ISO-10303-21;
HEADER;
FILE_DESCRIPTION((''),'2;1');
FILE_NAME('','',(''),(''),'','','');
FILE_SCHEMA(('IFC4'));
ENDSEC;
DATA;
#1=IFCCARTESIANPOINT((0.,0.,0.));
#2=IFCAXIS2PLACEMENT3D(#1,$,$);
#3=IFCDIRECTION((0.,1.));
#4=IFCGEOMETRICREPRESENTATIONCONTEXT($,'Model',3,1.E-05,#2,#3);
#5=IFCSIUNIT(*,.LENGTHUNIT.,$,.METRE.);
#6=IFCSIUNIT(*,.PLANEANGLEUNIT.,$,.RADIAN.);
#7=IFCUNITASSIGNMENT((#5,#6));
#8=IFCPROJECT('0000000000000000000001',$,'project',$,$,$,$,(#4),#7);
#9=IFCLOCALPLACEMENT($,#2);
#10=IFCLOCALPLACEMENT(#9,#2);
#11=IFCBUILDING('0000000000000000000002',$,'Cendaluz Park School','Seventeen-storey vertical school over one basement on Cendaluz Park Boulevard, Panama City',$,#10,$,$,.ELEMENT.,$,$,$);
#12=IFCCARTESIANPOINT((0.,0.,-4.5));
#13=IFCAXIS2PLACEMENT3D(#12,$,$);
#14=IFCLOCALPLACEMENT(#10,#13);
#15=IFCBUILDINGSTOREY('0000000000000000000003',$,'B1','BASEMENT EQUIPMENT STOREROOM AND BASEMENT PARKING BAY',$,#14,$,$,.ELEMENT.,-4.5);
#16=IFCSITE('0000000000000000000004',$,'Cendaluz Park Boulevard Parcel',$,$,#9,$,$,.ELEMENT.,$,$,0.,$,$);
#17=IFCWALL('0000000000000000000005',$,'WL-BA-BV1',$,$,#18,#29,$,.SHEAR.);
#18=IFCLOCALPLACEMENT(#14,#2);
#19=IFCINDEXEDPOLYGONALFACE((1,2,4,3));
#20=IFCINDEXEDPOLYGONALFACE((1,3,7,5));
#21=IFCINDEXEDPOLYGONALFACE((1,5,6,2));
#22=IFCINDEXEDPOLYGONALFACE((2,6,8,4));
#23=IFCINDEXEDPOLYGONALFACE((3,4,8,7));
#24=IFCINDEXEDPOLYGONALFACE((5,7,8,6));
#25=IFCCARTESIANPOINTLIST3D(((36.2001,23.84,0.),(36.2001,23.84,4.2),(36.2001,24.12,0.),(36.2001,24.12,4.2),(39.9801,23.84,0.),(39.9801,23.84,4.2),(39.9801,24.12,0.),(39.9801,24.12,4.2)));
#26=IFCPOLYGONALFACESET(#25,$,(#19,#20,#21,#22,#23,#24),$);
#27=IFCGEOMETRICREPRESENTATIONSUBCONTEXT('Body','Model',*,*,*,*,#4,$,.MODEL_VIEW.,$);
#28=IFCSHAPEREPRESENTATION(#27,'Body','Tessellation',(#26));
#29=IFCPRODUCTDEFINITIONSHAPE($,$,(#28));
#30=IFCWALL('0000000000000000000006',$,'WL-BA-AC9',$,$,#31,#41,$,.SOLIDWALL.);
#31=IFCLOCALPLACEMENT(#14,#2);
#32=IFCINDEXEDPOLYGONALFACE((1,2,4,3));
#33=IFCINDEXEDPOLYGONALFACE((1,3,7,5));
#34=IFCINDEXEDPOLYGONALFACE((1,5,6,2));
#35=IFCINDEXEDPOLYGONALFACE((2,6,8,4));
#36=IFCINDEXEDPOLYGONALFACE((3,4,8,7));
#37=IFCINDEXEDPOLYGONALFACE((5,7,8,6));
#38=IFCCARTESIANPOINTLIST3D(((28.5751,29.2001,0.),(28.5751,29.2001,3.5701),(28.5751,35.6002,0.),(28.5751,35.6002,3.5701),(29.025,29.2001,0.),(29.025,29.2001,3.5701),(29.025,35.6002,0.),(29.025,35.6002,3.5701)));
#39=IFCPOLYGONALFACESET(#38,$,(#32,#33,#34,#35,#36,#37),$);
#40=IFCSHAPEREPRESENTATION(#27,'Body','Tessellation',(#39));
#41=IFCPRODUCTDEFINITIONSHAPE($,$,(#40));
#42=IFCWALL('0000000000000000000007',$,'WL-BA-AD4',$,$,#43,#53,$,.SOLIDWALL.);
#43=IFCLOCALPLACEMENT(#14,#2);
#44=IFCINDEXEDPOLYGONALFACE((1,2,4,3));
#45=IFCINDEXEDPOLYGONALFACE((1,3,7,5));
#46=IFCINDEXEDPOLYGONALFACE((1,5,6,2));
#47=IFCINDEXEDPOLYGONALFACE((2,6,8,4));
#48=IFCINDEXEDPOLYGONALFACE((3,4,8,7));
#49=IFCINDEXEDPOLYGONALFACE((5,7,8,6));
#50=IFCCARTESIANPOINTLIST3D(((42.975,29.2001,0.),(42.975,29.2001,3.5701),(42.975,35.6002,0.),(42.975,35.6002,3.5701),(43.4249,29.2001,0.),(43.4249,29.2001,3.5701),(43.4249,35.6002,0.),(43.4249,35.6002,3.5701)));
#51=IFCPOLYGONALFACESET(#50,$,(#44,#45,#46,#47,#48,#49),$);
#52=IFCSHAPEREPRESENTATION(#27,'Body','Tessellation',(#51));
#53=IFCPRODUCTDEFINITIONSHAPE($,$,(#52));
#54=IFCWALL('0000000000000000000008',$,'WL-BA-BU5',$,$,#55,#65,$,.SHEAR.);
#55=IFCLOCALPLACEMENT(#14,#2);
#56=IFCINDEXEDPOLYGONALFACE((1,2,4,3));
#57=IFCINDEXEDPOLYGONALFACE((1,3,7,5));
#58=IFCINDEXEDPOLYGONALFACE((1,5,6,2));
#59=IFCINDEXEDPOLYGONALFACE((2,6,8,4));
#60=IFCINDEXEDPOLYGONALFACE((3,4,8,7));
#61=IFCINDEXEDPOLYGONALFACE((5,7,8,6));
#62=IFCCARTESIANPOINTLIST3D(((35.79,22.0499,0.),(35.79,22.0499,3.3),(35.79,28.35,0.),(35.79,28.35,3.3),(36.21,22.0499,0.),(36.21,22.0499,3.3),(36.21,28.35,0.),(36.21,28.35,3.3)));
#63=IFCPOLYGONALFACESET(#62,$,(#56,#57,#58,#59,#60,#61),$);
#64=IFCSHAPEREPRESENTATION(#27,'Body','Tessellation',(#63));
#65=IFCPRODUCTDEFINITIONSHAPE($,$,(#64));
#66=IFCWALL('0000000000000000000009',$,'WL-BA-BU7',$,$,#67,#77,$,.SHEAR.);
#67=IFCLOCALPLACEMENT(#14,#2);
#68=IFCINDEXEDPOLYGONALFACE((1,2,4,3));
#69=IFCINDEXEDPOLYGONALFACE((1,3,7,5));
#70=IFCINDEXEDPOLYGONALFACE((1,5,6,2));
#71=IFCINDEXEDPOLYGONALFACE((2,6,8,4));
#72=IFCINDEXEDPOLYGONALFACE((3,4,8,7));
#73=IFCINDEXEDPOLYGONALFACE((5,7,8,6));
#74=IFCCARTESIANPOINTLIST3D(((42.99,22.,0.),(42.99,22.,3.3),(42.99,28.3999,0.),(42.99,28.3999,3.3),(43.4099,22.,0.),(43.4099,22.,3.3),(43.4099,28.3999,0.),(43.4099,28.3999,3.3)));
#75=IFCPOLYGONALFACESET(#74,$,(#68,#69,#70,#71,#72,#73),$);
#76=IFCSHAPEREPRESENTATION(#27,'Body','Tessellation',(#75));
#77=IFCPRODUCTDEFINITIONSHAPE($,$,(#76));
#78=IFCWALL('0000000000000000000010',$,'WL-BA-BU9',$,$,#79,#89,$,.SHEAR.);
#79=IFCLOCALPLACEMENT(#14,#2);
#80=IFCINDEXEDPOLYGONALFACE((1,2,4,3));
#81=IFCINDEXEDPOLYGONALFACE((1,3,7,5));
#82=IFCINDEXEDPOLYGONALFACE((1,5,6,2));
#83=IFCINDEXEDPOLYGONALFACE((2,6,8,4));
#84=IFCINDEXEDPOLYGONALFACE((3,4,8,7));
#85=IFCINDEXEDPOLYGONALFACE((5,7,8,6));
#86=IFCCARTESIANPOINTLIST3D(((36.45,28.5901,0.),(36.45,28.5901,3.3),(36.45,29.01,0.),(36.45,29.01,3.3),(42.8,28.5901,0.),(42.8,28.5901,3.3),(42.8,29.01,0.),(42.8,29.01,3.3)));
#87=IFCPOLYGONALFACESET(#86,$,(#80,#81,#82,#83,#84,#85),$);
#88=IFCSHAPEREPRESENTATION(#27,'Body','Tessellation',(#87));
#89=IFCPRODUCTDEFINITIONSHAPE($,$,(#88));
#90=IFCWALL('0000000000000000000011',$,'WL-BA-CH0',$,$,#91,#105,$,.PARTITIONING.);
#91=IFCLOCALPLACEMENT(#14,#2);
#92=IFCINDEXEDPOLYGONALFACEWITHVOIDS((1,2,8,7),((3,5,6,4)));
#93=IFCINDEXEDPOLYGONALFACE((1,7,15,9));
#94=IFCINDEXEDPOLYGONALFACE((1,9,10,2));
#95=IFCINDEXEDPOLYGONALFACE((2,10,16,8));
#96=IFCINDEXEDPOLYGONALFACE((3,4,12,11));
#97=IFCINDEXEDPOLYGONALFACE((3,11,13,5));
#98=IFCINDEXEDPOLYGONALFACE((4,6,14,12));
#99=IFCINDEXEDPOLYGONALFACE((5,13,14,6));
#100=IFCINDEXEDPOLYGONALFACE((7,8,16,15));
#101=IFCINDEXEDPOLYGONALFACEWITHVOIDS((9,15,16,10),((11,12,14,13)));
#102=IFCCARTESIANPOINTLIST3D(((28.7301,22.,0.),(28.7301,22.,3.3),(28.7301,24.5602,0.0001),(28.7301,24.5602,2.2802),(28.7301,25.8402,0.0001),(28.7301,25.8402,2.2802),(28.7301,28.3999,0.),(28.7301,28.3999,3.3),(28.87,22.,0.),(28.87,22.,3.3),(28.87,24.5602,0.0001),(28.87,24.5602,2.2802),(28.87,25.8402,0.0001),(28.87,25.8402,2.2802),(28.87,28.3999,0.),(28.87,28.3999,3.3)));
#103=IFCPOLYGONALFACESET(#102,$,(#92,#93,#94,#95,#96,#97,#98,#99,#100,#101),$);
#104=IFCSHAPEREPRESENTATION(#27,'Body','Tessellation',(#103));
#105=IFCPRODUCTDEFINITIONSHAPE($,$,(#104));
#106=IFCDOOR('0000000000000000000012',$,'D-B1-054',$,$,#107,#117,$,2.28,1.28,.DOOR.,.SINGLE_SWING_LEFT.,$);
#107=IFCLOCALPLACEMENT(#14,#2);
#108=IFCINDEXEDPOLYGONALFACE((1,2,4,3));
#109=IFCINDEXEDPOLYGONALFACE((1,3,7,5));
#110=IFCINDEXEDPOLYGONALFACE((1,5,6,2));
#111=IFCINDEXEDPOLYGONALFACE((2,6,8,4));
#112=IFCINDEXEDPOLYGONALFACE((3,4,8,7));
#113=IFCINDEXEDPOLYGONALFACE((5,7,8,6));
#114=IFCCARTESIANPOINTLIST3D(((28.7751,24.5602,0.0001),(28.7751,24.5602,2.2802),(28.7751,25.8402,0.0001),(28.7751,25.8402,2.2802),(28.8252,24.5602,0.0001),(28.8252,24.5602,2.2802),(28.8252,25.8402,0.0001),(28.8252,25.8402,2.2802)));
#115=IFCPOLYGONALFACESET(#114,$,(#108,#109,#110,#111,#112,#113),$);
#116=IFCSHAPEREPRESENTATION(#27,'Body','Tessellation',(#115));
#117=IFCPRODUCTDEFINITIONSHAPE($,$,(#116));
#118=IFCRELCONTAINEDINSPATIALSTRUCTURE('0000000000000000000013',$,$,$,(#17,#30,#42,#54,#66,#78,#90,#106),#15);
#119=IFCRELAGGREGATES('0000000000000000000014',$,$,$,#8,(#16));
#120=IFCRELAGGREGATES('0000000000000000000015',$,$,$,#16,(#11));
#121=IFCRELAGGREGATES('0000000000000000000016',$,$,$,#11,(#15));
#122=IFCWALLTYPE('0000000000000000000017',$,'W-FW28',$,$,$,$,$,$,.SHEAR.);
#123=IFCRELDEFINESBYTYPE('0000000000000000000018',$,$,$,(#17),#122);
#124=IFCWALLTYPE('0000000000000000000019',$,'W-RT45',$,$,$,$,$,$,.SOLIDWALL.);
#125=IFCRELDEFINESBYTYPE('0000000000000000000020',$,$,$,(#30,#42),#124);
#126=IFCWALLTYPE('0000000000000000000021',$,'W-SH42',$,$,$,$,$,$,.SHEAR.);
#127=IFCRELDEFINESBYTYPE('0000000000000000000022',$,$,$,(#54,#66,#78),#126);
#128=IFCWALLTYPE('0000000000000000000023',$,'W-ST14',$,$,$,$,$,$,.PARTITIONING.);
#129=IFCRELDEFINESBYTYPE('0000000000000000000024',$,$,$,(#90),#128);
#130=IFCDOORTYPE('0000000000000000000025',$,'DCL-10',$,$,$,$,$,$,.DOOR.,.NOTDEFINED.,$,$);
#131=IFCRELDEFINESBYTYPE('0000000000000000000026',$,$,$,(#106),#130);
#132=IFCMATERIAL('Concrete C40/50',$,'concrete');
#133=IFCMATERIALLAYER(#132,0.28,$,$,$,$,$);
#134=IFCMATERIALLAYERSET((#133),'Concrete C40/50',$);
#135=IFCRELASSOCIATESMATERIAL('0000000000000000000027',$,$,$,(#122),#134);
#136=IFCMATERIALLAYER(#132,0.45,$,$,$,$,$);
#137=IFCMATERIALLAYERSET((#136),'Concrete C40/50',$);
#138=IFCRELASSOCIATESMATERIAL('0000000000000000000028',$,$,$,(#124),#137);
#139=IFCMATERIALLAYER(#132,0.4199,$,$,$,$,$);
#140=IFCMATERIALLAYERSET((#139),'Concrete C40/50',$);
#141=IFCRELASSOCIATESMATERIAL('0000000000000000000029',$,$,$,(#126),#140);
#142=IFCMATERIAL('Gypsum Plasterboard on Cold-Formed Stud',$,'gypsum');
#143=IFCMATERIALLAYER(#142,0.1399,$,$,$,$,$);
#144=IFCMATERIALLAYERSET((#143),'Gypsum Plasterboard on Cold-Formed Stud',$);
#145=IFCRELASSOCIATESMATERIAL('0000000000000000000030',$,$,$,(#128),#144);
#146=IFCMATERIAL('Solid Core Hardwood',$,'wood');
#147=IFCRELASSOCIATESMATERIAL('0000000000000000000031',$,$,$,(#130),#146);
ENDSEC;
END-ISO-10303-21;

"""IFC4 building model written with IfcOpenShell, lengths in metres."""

from ifc_helpers import new_model, si_unit, direction, frame, frame_2d, origin, place, context, subcontext, project, spatial, rectangle, extrude, material, layer, layer_set, type_object, element, fill, save


model = new_model("IFC4")

# Units and contexts
model_context = context("Model", 3, precision=1e-05, world=origin(), true_north=direction((0.0, 1.0)))
body_context = subcontext(model_context, "Body", "Model", "MODEL_VIEW")
ifc_project = project(units=[si_unit("LENGTHUNIT", "METRE"), si_unit("PLANEANGLEUNIT", "RADIAN")], contexts=[model_context])

# Site, building, storey
site_placement = place(None, origin())
site = spatial("IfcSite", under=ifc_project, at=site_placement, Name="Cendaluz Park Boulevard Parcel", CompositionType="ELEMENT", RefElevation=0.0)
building_placement = place(site_placement, origin())
building = spatial("IfcBuilding", under=site, at=building_placement, Name="Cendaluz Park School", Description="Seventeen-storey vertical school over one basement on Cendaluz Park Boulevard, Panama City", CompositionType="ELEMENT")
storey_placement = place(building_placement, frame((0.0, 0.0, -4.5)))
storey = spatial("IfcBuildingStorey", under=building, at=storey_placement, Name="B1", Description="BASEMENT EQUIPMENT STOREROOM AND BASEMENT PARKING BAY", CompositionType="ELEMENT", Elevation=-4.5)

# Shared definitions
ifc_material_1 = material(Name="Concrete C40/50", Category="concrete")

# Wall
ifc_layer_1 = layer(ifc_material_1, 0.28)
ifc_layer_set_1 = layer_set([ifc_layer_1], Name="Concrete C40/50")
wall_type_1 = type_object("IfcWallType", Name="W-FW28", PredefinedType="SHEAR", material=ifc_layer_set_1)
wall_1_placement = place(storey_placement, frame((36.2, 23.98, 0.0), z_axis=(0.0, 0.0, 1.0), x_axis=(1.0, 0.0, 0.0)))
element("IfcWall", 1, at=wall_1_placement, inside=storey, type_object=wall_type_1, Name="WL-BA-BV1", PredefinedType="SHEAR", context=body_context, shape_type="SweptSolid", body=[
    extrude(rectangle(XDim=3.78, YDim=0.28, at=frame_2d((1.8901, 0.0))), origin(), (0.0, 0.0, 1.0), 4.2),
])

# Shared definitions
ifc_material_2 = material(Name="Solid Core Hardwood", Category="wood")

# Walls
ifc_layer_2 = layer(ifc_material_1, 0.45)
ifc_layer_set_2 = layer_set([ifc_layer_2], Name="Concrete C40/50")
wall_type_2 = type_object("IfcWallType", Name="W-RT45", PredefinedType="SOLIDWALL", material=ifc_layer_set_2)
for number, where, z_axis, x_axis, name in (
    (2, (28.8, 29.2, 0.0), (0.0, 0.0, 1.0), (0.0, 1.0, 0.0), "WL-BA-AC9"),
    (3, (43.2, 29.2, 0.0), (0.0, 0.0, 1.0), (0.0, 1.0, 0.0), "WL-BA-AD4"),
):
    element("IfcWall", number, at=place(storey_placement, frame(where, z_axis=z_axis, x_axis=x_axis)), inside=storey, type_object=wall_type_2, Name=name, PredefinedType="SOLIDWALL", context=body_context, shape_type="SweptSolid", body=[
        extrude(rectangle(XDim=6.4001, YDim=0.45, at=frame_2d((3.2002, 0.0))), origin(), (0.0, 0.0, 1.0), 3.5701),
    ])
ifc_layer_3 = layer(ifc_material_1, 0.4199)
ifc_layer_set_3 = layer_set([ifc_layer_3], Name="Concrete C40/50")
wall_type_3 = type_object("IfcWallType", Name="W-SH42", PredefinedType="SHEAR", material=ifc_layer_set_3)
wall_2_placement = place(storey_placement, frame((36.0, 22.05, 0.0), z_axis=(0.0, 0.0, 1.0), x_axis=(0.0, 1.0, 0.0)))
element("IfcWall", 4, at=wall_2_placement, inside=storey, type_object=wall_type_3, Name="WL-BA-BU5", PredefinedType="SHEAR", context=body_context, shape_type="SweptSolid", body=[
    extrude(rectangle(XDim=6.3, YDim=0.4199, at=frame_2d((3.1499, 0.0))), origin(), (0.0, 0.0, 1.0), 3.3),
])
wall_3_placement = place(storey_placement, frame((43.2, 22.0, 0.0), z_axis=(0.0, 0.0, 1.0), x_axis=(0.0, 1.0, 0.0)))
element("IfcWall", 5, at=wall_3_placement, inside=storey, type_object=wall_type_3, Name="WL-BA-BU7", PredefinedType="SHEAR", context=body_context, shape_type="SweptSolid", body=[
    extrude(rectangle(XDim=6.3999, YDim=0.4199, at=frame_2d((3.2, 0.0))), origin(), (0.0, 0.0, 1.0), 3.3),
])
wall_4_placement = place(storey_placement, frame((36.45, 28.8, 0.0), z_axis=(0.0, 0.0, 1.0), x_axis=(1.0, 0.0, 0.0)))
element("IfcWall", 6, at=wall_4_placement, inside=storey, type_object=wall_type_3, Name="WL-BA-BU9", PredefinedType="SHEAR", context=body_context, shape_type="SweptSolid", body=[
    extrude(rectangle(XDim=6.3501, YDim=0.4199, at=frame_2d((3.175, 0.0))), origin(), (0.0, 0.0, 1.0), 3.3),
])

# Wall, opening, door
ifc_material_3 = material(Name="Gypsum Plasterboard on Cold-Formed Stud", Category="gypsum")
ifc_layer_4 = layer(ifc_material_3, 0.1399)
ifc_layer_set_4 = layer_set([ifc_layer_4], Name="Gypsum Plasterboard on Cold-Formed Stud")
wall_type_4 = type_object("IfcWallType", Name="W-ST14", PredefinedType="PARTITIONING", material=ifc_layer_set_4)
wall_5_placement = place(storey_placement, frame((28.8, 22.0, 0.0), z_axis=(0.0, 0.0, 1.0), x_axis=(0.0, 1.0, 0.0)))
wall_5 = element("IfcWall", 7, at=wall_5_placement, inside=storey, type_object=wall_type_4, Name="WL-BA-CH0", PredefinedType="PARTITIONING", context=body_context, shape_type="SweptSolid", body=[
    extrude(rectangle(XDim=6.3999, YDim=0.1399, at=frame_2d((3.2, 0.0))), origin(), (0.0, 0.0, 1.0), 3.3),
])
opening_1_placement = place(wall_5_placement, frame((2.5601, 0.0, 0.0)))
opening_1 = element("IfcOpeningElement", 8, at=opening_1_placement, cuts=wall_5, PredefinedType="OPENING", context=body_context, shape_type="SweptSolid", body=[
    extrude(rectangle(XDim=1.28, YDim=2.28, at=frame_2d((0.6401, 1.1401))), frame((0.0, 0.082, 0.0), z_axis=(0.0, -1.0, 0.0), x_axis=(1.0, 0.0, 0.0)), (0.0, 0.0, 1.0), 0.1638),
])
door_type_1 = type_object("IfcDoorType", Name="DCL-10", OperationType="NOTDEFINED", PredefinedType="DOOR", material=ifc_material_2)
door_1_placement = place(opening_1_placement, origin())
door_1 = element("IfcDoor", 9, at=door_1_placement, inside=storey, type_object=door_type_1, Name="D-B1-054", OperationType="SINGLE_SWING_LEFT", OverallHeight=2.28, OverallWidth=1.28, PredefinedType="DOOR", context=body_context, shape_type="SweptSolid", body=[
    extrude(rectangle(XDim=1.28, YDim=2.28, at=frame_2d((0.6401, 1.1401))), frame((0.0, 0.0249, 0.0), z_axis=(0.0, -1.0, 0.0), x_axis=(1.0, 0.0, 0.0)), (0.0, 0.0, 1.0), 0.05),
])
fill(opening_1, door_1)

save(model, "model.ifc")
